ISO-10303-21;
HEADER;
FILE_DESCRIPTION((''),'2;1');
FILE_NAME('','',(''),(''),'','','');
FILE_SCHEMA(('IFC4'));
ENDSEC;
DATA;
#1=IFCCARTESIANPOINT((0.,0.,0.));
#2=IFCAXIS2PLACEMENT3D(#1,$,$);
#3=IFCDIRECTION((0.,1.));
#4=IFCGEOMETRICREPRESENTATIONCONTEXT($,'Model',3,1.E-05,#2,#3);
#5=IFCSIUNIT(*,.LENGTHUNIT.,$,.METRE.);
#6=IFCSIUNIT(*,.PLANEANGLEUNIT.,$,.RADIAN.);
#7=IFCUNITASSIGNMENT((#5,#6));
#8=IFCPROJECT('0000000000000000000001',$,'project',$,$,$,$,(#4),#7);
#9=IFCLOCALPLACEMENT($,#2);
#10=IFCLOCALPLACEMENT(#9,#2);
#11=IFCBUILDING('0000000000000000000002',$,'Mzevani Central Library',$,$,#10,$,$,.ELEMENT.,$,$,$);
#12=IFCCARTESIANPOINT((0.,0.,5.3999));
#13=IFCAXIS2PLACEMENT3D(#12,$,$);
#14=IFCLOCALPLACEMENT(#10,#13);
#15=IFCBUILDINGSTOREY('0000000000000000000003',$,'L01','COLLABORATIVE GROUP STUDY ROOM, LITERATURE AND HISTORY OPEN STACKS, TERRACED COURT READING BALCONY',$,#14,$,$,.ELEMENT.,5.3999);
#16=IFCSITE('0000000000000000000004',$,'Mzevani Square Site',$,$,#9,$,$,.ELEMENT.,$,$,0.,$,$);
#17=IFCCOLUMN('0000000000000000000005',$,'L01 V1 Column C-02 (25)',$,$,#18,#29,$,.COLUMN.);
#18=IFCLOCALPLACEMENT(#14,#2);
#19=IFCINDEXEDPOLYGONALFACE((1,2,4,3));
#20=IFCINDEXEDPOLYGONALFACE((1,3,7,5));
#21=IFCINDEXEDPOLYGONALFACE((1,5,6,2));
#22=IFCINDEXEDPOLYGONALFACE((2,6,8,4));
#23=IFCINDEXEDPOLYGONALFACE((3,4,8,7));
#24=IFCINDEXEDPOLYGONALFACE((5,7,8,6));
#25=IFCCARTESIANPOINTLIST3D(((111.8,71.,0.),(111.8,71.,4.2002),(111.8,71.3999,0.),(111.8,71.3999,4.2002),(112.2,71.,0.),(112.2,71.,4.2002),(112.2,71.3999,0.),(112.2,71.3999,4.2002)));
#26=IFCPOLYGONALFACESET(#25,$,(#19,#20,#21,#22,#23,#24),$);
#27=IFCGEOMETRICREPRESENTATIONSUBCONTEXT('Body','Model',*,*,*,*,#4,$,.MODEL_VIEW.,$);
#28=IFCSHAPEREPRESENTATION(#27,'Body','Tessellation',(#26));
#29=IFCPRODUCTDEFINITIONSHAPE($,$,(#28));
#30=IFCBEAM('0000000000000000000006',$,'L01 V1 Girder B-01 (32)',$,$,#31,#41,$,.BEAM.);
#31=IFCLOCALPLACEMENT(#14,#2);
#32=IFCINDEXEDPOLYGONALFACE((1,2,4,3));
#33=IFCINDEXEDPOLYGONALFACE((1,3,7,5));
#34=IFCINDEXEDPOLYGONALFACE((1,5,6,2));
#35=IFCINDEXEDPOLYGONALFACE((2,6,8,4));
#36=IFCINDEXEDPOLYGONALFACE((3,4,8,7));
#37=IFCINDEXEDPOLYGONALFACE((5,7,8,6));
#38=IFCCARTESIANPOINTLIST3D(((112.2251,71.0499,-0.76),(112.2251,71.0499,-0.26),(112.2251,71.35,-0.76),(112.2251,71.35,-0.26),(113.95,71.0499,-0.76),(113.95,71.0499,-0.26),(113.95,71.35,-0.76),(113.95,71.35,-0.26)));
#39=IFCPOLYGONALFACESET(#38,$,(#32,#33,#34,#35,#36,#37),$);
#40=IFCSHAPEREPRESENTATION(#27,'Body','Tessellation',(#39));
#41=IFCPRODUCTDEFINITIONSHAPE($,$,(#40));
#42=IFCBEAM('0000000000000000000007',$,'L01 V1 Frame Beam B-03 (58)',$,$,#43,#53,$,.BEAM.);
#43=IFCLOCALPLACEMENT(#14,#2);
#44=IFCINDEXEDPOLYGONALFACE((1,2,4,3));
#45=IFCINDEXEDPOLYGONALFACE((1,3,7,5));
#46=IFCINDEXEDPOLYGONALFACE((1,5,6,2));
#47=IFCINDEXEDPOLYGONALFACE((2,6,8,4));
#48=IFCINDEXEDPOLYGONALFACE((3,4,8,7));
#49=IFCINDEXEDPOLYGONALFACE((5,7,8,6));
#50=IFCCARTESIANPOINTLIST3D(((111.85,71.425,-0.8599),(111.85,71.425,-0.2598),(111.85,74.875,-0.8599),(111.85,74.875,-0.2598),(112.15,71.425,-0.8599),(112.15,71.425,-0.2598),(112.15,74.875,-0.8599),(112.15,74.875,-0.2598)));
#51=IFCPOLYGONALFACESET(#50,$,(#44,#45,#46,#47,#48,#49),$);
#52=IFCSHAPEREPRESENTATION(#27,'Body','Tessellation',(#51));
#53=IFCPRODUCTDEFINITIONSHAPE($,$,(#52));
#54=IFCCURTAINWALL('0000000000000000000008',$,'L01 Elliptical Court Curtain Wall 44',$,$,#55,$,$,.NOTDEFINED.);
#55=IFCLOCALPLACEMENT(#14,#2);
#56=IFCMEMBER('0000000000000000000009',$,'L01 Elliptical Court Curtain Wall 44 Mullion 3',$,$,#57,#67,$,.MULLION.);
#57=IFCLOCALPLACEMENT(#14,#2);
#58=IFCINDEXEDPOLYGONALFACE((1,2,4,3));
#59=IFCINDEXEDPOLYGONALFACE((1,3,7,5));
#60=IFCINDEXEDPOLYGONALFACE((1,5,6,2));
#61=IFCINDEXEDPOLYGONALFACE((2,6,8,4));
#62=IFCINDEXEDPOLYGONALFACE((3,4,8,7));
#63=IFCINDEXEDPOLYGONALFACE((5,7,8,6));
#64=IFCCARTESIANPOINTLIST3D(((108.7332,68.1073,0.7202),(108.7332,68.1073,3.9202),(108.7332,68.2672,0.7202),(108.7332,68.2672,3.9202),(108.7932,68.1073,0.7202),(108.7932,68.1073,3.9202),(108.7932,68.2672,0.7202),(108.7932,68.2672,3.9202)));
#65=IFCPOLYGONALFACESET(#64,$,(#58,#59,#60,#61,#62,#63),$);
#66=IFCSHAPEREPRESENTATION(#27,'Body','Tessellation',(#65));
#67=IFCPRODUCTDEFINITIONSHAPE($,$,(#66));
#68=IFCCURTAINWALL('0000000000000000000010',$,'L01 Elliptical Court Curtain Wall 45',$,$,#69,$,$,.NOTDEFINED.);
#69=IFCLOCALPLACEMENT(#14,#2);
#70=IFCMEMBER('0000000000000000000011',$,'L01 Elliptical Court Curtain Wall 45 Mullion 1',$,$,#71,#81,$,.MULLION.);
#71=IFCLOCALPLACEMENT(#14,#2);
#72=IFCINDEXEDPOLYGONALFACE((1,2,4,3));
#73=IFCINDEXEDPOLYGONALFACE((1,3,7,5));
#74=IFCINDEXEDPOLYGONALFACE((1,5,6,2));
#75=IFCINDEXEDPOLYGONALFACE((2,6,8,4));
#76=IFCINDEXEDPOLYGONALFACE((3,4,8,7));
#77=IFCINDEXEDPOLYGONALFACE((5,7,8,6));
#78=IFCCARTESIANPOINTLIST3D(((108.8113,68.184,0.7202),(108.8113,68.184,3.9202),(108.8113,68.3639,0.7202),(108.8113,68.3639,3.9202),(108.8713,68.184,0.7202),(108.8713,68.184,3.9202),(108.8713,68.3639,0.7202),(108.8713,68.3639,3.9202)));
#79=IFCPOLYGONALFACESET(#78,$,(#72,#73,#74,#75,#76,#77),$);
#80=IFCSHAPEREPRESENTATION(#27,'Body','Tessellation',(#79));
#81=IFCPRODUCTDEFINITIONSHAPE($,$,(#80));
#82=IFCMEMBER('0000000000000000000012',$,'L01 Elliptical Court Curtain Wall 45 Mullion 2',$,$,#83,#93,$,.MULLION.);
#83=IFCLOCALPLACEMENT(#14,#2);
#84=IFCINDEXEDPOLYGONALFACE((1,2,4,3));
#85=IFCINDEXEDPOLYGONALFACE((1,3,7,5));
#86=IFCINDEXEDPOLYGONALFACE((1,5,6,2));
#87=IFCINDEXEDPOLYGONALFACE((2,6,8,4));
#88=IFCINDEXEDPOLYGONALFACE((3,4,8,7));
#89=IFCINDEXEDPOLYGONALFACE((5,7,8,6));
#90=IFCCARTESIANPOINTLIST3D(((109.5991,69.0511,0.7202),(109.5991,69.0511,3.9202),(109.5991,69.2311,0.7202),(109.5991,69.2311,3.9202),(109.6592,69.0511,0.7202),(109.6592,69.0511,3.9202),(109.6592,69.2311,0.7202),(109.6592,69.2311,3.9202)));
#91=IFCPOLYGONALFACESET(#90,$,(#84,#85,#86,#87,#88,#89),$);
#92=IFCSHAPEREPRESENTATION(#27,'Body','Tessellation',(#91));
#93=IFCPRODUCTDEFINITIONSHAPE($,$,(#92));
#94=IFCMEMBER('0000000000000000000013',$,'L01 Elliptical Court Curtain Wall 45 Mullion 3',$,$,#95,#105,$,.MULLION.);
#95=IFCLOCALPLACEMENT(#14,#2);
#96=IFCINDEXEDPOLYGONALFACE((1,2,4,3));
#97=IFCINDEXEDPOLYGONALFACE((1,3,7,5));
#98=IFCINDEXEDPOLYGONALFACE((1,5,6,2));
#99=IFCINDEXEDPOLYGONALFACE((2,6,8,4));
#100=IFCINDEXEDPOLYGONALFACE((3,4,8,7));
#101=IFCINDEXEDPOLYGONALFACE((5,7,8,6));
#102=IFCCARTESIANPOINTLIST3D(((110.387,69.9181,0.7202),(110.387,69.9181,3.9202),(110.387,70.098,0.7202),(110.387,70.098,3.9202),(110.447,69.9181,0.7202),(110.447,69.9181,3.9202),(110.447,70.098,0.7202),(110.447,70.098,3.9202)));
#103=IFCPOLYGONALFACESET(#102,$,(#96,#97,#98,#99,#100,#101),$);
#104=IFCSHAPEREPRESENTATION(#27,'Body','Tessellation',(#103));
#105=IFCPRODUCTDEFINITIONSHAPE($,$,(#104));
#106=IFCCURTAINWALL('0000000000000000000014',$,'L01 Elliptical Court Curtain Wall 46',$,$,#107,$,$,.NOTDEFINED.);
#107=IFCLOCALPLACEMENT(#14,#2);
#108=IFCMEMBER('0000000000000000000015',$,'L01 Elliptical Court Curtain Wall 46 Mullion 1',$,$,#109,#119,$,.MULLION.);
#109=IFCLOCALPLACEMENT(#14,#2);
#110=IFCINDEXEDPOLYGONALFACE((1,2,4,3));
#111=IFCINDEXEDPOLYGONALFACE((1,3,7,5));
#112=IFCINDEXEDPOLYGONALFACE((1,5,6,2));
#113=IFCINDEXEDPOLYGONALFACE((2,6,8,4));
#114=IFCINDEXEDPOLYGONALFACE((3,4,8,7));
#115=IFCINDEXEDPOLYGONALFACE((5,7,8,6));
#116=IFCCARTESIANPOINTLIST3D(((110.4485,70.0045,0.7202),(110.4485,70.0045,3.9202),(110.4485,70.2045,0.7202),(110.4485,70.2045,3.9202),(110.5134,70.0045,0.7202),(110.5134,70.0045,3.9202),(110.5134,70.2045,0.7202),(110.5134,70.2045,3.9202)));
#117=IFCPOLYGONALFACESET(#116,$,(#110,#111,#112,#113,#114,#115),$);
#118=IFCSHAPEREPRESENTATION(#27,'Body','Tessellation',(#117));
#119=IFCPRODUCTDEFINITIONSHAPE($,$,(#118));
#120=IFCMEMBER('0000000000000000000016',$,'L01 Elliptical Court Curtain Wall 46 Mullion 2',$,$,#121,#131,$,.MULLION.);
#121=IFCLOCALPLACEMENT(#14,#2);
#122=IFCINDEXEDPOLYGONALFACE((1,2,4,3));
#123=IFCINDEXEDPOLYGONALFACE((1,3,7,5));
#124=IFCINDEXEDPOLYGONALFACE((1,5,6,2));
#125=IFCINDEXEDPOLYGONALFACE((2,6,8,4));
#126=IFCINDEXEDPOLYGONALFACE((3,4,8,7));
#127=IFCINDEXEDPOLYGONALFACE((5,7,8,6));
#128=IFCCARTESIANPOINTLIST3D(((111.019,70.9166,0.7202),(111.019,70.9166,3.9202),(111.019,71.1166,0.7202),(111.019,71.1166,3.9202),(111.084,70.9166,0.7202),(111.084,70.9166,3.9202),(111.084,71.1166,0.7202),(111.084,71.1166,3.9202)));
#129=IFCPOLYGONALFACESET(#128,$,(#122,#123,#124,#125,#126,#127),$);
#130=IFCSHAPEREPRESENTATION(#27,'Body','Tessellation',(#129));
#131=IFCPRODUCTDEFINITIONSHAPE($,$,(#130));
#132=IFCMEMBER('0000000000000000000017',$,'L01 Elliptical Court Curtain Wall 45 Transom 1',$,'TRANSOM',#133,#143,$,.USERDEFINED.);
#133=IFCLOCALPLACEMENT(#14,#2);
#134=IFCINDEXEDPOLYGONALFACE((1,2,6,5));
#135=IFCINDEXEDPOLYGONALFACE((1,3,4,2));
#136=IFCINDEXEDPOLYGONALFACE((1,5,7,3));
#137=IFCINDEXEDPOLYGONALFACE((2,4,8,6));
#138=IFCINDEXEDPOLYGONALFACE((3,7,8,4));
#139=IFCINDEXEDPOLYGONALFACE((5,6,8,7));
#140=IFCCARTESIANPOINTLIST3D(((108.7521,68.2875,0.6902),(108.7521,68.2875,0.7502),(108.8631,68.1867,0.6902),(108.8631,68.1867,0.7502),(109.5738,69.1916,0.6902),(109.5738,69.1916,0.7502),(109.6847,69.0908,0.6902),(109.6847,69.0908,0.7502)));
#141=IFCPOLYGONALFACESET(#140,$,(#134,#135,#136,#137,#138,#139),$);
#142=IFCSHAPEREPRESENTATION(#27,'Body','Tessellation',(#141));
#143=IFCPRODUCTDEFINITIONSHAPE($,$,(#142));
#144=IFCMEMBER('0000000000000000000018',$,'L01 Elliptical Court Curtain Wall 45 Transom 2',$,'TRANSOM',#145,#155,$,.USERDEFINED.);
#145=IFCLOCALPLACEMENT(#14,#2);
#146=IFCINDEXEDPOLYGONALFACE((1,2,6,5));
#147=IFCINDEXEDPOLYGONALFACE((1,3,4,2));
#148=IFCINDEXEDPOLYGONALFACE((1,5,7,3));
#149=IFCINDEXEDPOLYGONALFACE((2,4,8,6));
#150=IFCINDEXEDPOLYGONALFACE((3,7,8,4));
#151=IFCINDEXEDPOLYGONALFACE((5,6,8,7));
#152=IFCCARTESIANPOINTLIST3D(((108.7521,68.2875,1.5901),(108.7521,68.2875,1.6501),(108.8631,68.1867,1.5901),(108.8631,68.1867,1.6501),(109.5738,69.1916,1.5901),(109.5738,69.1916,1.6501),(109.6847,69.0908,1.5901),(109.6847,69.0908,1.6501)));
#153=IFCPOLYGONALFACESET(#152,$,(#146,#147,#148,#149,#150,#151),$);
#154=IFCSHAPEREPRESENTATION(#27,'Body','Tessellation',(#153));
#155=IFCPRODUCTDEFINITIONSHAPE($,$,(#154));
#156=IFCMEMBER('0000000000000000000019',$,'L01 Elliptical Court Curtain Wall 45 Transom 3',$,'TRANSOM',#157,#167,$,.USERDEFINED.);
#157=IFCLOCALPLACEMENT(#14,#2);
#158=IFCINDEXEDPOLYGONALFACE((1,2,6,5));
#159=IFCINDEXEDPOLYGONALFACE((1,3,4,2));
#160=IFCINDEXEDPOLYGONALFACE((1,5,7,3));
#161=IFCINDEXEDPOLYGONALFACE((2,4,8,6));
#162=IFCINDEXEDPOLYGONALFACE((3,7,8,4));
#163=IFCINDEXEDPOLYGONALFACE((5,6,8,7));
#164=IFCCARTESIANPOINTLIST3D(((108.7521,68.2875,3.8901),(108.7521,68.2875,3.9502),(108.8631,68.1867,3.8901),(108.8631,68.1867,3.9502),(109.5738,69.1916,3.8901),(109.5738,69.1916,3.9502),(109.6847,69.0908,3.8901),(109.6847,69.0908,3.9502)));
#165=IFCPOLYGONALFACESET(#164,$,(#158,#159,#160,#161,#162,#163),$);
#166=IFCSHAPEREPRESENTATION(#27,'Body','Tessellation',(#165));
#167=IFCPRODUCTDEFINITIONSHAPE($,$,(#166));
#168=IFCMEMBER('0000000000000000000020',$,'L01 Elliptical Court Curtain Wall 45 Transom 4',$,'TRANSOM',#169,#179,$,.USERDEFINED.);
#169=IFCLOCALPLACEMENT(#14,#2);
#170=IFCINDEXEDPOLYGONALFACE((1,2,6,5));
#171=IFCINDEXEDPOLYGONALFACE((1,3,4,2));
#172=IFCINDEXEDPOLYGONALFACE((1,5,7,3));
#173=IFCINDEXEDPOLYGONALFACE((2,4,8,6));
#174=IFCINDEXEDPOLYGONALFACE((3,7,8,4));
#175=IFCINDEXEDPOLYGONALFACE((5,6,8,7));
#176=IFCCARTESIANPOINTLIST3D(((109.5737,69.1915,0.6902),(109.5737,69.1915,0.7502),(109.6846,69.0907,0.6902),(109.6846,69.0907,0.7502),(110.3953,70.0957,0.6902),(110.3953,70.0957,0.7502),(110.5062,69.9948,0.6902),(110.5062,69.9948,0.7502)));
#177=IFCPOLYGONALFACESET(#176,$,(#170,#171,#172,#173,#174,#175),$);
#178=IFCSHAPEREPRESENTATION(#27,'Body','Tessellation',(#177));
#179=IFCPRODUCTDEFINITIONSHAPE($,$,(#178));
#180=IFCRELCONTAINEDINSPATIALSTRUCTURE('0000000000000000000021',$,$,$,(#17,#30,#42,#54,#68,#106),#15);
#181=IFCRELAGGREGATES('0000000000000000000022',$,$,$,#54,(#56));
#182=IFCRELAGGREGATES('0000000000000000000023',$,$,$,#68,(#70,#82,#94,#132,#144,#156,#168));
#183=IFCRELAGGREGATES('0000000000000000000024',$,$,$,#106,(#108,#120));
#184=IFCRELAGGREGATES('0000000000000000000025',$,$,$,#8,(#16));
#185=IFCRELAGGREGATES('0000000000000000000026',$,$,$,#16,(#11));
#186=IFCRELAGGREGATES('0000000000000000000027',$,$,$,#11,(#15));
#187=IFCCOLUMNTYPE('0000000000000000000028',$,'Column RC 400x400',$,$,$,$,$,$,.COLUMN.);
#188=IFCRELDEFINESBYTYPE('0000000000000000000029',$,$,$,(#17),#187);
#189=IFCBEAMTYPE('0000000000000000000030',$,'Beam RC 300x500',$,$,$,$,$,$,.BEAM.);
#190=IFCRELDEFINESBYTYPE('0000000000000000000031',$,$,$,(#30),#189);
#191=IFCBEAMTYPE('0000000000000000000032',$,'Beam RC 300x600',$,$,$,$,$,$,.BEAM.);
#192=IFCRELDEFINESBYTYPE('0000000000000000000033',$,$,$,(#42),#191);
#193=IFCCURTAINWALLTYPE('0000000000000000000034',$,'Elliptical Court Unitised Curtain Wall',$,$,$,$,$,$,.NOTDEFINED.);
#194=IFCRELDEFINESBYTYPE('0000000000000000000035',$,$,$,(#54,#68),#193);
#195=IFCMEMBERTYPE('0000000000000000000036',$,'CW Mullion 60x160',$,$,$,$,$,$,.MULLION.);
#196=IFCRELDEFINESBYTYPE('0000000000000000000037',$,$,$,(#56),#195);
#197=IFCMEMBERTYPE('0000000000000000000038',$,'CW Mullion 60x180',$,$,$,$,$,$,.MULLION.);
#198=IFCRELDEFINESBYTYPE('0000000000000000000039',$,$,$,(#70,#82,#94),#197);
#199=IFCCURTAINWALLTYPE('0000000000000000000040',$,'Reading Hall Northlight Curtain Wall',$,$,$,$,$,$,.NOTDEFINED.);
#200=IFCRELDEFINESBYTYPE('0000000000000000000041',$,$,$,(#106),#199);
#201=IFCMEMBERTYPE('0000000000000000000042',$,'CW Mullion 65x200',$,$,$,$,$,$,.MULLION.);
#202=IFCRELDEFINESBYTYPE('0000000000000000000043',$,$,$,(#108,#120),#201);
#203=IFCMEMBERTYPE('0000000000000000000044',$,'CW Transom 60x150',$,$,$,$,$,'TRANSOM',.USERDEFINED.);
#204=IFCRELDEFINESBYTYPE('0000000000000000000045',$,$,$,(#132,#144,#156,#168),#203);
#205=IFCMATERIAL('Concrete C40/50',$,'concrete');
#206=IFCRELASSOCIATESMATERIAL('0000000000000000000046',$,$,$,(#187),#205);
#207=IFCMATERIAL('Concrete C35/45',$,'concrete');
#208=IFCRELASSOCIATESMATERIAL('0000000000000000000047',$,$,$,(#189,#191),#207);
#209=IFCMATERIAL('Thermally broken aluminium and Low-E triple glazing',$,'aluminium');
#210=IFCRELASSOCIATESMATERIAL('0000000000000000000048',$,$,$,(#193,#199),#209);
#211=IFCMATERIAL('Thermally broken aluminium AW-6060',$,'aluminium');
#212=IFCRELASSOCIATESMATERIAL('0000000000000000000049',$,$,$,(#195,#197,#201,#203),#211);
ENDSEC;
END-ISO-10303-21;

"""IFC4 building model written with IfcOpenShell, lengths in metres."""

from ifc_helpers import new_model, si_unit, direction, frame, origin, origin_2d, place, context, subcontext, project, spatial, rectangle, extrude, material, material_profile, profile_set, type_object, element, aggregate, save


model = new_model("IFC4")

# Units and contexts
model_context = context("Model", 3, precision=1e-05, world=origin(), true_north=direction((0.0, 1.0)))
body_context = subcontext(model_context, "Body", "Model", "MODEL_VIEW")
ifc_project = project(units=[si_unit("LENGTHUNIT", "METRE"), si_unit("PLANEANGLEUNIT", "RADIAN")], contexts=[model_context])

# Site, building, storey
site_placement = place(None, origin())
site = spatial("IfcSite", under=ifc_project, at=site_placement, Name="Mzevani Square Site", CompositionType="ELEMENT", RefElevation=0.0)
building_placement = place(site_placement, origin())
building = spatial("IfcBuilding", under=site, at=building_placement, Name="Mzevani Central Library", CompositionType="ELEMENT")
storey_placement = place(building_placement, frame((0.0, 0.0, 5.3999)))
storey = spatial("IfcBuildingStorey", under=building, at=storey_placement, Name="L01", Description="COLLABORATIVE GROUP STUDY ROOM, LITERATURE AND HISTORY OPEN STACKS, TERRACED COURT READING BALCONY", CompositionType="ELEMENT", Elevation=5.3999)

# Column
ifc_material_1 = material(Name="Concrete C40/50", Category="concrete")
ifc_material_profile_1 = material_profile(ifc_material_1, rectangle(XDim=0.3999, YDim=0.3999, at=origin_2d()), Name="RC 400x400")
ifc_profile_set_1 = profile_set([ifc_material_profile_1], Name="Concrete C40/50")
column_type = type_object("IfcColumnType", Name="Column RC 400x400", PredefinedType="COLUMN", material=ifc_profile_set_1)
column_placement = place(storey_placement, frame((112.0, 71.2, 0.0), z_axis=(0.0, 0.0, 1.0), x_axis=(1.0, 0.0, 0.0)))
element("IfcColumn", 1, at=column_placement, inside=storey, type_object=column_type, Name="L01 V1 Column C-02 (25)", PredefinedType="COLUMN", context=body_context, shape_type="SweptSolid", body=[
    extrude(rectangle(XDim=0.3999, YDim=0.3999, at=origin_2d()), origin(), (0.0, 0.0, 1.0), 4.2002),
])

# Beams
ifc_material_2 = material(Name="Concrete C35/45", Category="concrete")
ifc_material_profile_2 = material_profile(ifc_material_2, rectangle(XDim=0.3, YDim=0.5, at=origin_2d()), Name="RC B300x500")
ifc_profile_set_2 = profile_set([ifc_material_profile_2], Name="Concrete C35/45")
beam_type_1 = type_object("IfcBeamType", Name="Beam RC 300x500", PredefinedType="BEAM", material=ifc_profile_set_2)
beam_1_placement = place(storey_placement, frame((112.2251, 71.2, -0.51), z_axis=(1.0, 0.0, 0.0), x_axis=(0.0, 1.0, 0.0)))
element("IfcBeam", 2, at=beam_1_placement, inside=storey, type_object=beam_type_1, Name="L01 V1 Girder B-01 (32)", PredefinedType="BEAM", context=body_context, shape_type="SweptSolid", body=[
    extrude(rectangle(XDim=0.3, YDim=0.5, at=origin_2d()), origin(), (0.0, 0.0, 1.0), 1.7249),
])
ifc_material_profile_3 = material_profile(ifc_material_2, rectangle(XDim=0.3, YDim=0.6001, at=origin_2d()), Name="RC B300x600")
ifc_profile_set_3 = profile_set([ifc_material_profile_3], Name="Concrete C35/45")
beam_type_2 = type_object("IfcBeamType", Name="Beam RC 300x600", PredefinedType="BEAM", material=ifc_profile_set_3)
beam_2_placement = place(storey_placement, frame((112.0, 71.425, -0.5598), z_axis=(0.0, 1.0, 0.0), x_axis=(-1.0, 0.0, 0.0)))
element("IfcBeam", 3, at=beam_2_placement, inside=storey, type_object=beam_type_2, Name="L01 V1 Frame Beam B-03 (58)", PredefinedType="BEAM", context=body_context, shape_type="SweptSolid", body=[
    extrude(rectangle(XDim=0.3, YDim=0.6001, at=origin_2d()), origin(), (0.0, 0.0, 1.0), 3.45),
])

# Curtain wall, member
ifc_material_3 = material(Name="Thermally broken aluminium and Low-E triple glazing", Category="aluminium")
curtain_wall_type_1 = type_object("IfcCurtainWallType", Name="Elliptical Court Unitised Curtain Wall", PredefinedType="NOTDEFINED", material=ifc_material_3)
curtain_wall_1_placement = place(storey_placement, origin())
curtain_wall_1 = element("IfcCurtainWall", 4, at=curtain_wall_1_placement, inside=storey, type_object=curtain_wall_type_1, Name="L01 Elliptical Court Curtain Wall 44", PredefinedType="NOTDEFINED")
ifc_material_4 = material(Name="Thermally broken aluminium AW-6060", Category="aluminium")
ifc_material_profile_4 = material_profile(ifc_material_4, rectangle(XDim=0.0601, YDim=0.1599, at=origin_2d()), Name="ALU M60x160")
ifc_profile_set_4 = profile_set([ifc_material_profile_4], Name="Thermally broken aluminium AW-6060")
member_type_1 = type_object("IfcMemberType", Name="CW Mullion 60x160", PredefinedType="MULLION", material=ifc_profile_set_4)
member_1_placement = place(storey_placement, frame((108.7632, 68.1873, 0.7202), z_axis=(0.0, 0.0, 1.0), x_axis=(1.0, 0.0, 0.0)))
member_1 = element("IfcMember", 5, at=member_1_placement, type_object=member_type_1, Name="L01 Elliptical Court Curtain Wall 44 Mullion 3", PredefinedType="MULLION", context=body_context, shape_type="SweptSolid", body=[
    extrude(rectangle(XDim=0.0601, YDim=0.1599, at=origin_2d()), origin(), (0.0, 0.0, 1.0), 3.2),
])
aggregate(curtain_wall_1, [member_1])

# Curtain walls, members
curtain_wall_2_placement = place(storey_placement, origin())
curtain_wall_2 = element("IfcCurtainWall", 6, at=curtain_wall_2_placement, inside=storey, type_object=curtain_wall_type_1, Name="L01 Elliptical Court Curtain Wall 45", PredefinedType="NOTDEFINED")
ifc_material_profile_5 = material_profile(ifc_material_4, rectangle(XDim=0.0601, YDim=0.1799, at=origin_2d()), Name="ALU M60x180")
ifc_profile_set_5 = profile_set([ifc_material_profile_5], Name="Thermally broken aluminium AW-6060")
member_type_2 = type_object("IfcMemberType", Name="CW Mullion 60x180", PredefinedType="MULLION", material=ifc_profile_set_5)
member_2_placement = place(storey_placement, frame((108.8413, 68.2739, 0.7202), z_axis=(0.0, 0.0, 1.0), x_axis=(1.0, 0.0, 0.0)))
member_2 = element("IfcMember", 7, at=member_2_placement, type_object=member_type_2, Name="L01 Elliptical Court Curtain Wall 45 Mullion 1", PredefinedType="MULLION", context=body_context, shape_type="SweptSolid", body=[
    extrude(rectangle(XDim=0.0601, YDim=0.1799, at=origin_2d()), origin(), (0.0, 0.0, 1.0), 3.2),
])
member_3_placement = place(storey_placement, frame((109.6292, 69.1411, 0.7202), z_axis=(0.0, 0.0, 1.0), x_axis=(1.0, 0.0, 0.0)))
member_3 = element("IfcMember", 8, at=member_3_placement, type_object=member_type_2, Name="L01 Elliptical Court Curtain Wall 45 Mullion 2", PredefinedType="MULLION", context=body_context, shape_type="SweptSolid", body=[
    extrude(rectangle(XDim=0.0601, YDim=0.1799, at=origin_2d()), origin(), (0.0, 0.0, 1.0), 3.2),
])
member_4_placement = place(storey_placement, frame((110.417, 70.0081, 0.7202), z_axis=(0.0, 0.0, 1.0), x_axis=(1.0, 0.0, 0.0)))
member_4 = element("IfcMember", 9, at=member_4_placement, type_object=member_type_2, Name="L01 Elliptical Court Curtain Wall 45 Mullion 3", PredefinedType="MULLION", context=body_context, shape_type="SweptSolid", body=[
    extrude(rectangle(XDim=0.0601, YDim=0.1799, at=origin_2d()), origin(), (0.0, 0.0, 1.0), 3.2),
])
curtain_wall_type_2 = type_object("IfcCurtainWallType", Name="Reading Hall Northlight Curtain Wall", PredefinedType="NOTDEFINED", material=ifc_material_3)
curtain_wall_3_placement = place(storey_placement, origin())
curtain_wall_3 = element("IfcCurtainWall", 10, at=curtain_wall_3_placement, inside=storey, type_object=curtain_wall_type_2, Name="L01 Elliptical Court Curtain Wall 46", PredefinedType="NOTDEFINED")
ifc_material_profile_6 = material_profile(ifc_material_4, rectangle(XDim=0.0649, YDim=0.2, at=origin_2d()), Name="ALU M65x200")
ifc_profile_set_6 = profile_set([ifc_material_profile_6], Name="Thermally broken aluminium AW-6060")
member_type_3 = type_object("IfcMemberType", Name="CW Mullion 65x200", PredefinedType="MULLION", material=ifc_profile_set_6)
member_5_placement = place(storey_placement, frame((110.481, 70.1045, 0.7202), z_axis=(0.0, 0.0, 1.0), x_axis=(1.0, 0.0, 0.0)))
member_5 = element("IfcMember", 11, at=member_5_placement, type_object=member_type_3, Name="L01 Elliptical Court Curtain Wall 46 Mullion 1", PredefinedType="MULLION", context=body_context, shape_type="SweptSolid", body=[
    extrude(rectangle(XDim=0.0649, YDim=0.2, at=origin_2d()), origin(), (0.0, 0.0, 1.0), 3.2),
])
member_6_placement = place(storey_placement, frame((111.0515, 71.0166, 0.7202), z_axis=(0.0, 0.0, 1.0), x_axis=(1.0, 0.0, 0.0)))
member_6 = element("IfcMember", 12, at=member_6_placement, type_object=member_type_3, Name="L01 Elliptical Court Curtain Wall 46 Mullion 2", PredefinedType="MULLION", context=body_context, shape_type="SweptSolid", body=[
    extrude(rectangle(XDim=0.0649, YDim=0.2, at=origin_2d()), origin(), (0.0, 0.0, 1.0), 3.2),
])

# Members
ifc_material_profile_7 = material_profile(ifc_material_4, rectangle(XDim=0.1499, YDim=0.0601, at=origin_2d()), Name="ALU T60x150")
ifc_profile_set_7 = profile_set([ifc_material_profile_7], Name="Thermally broken aluminium AW-6060")
member_type_4 = type_object("IfcMemberType", Name="CW Transom 60x150", ElementType="TRANSOM", PredefinedType="USERDEFINED", material=ifc_profile_set_7)
member_7_placement = place(storey_placement, frame((108.8076, 68.2371, 0.7202), z_axis=(0.672524, 0.740076, 0.0), x_axis=(-0.740076, 0.672524, 0.0)))
member_7 = element("IfcMember", 13, at=member_7_placement, type_object=member_type_4, Name="L01 Elliptical Court Curtain Wall 45 Transom 1", ObjectType="TRANSOM", PredefinedType="USERDEFINED", context=body_context, shape_type="SweptSolid", body=[
    extrude(rectangle(XDim=0.1499, YDim=0.0601, at=origin_2d()), origin(), (0.0, 0.0, 1.0), 1.2217),
])
member_8_placement = place(storey_placement, frame((108.8076, 68.2371, 1.6201), z_axis=(0.672524, 0.740076, 0.0), x_axis=(-0.740076, 0.672524, 0.0)))
member_8 = element("IfcMember", 14, at=member_8_placement, type_object=member_type_4, Name="L01 Elliptical Court Curtain Wall 45 Transom 2", ObjectType="TRANSOM", PredefinedType="USERDEFINED", context=body_context, shape_type="SweptSolid", body=[
    extrude(rectangle(XDim=0.1499, YDim=0.0601, at=origin_2d()), origin(), (0.0, 0.0, 1.0), 1.2217),
])
member_9_placement = place(storey_placement, frame((108.8076, 68.2371, 3.9202), z_axis=(0.672524, 0.740076, 0.0), x_axis=(-0.740076, 0.672524, 0.0)))
member_9 = element("IfcMember", 15, at=member_9_placement, type_object=member_type_4, Name="L01 Elliptical Court Curtain Wall 45 Transom 3", ObjectType="TRANSOM", PredefinedType="USERDEFINED", context=body_context, shape_type="SweptSolid", body=[
    extrude(rectangle(XDim=0.1499, YDim=0.0601, at=origin_2d()), origin(), (0.0, 0.0, 1.0), 1.2217),
])
member_10_placement = place(storey_placement, frame((109.6292, 69.1411, 0.7202), z_axis=(0.672524, 0.740076, 0.0), x_axis=(-0.740076, 0.672524, 0.0)))
member_10 = element("IfcMember", 16, at=member_10_placement, type_object=member_type_4, Name="L01 Elliptical Court Curtain Wall 45 Transom 4", ObjectType="TRANSOM", PredefinedType="USERDEFINED", context=body_context, shape_type="SweptSolid", body=[
    extrude(rectangle(XDim=0.1499, YDim=0.0601, at=origin_2d()), origin(), (0.0, 0.0, 1.0), 1.2217),
])

aggregate(curtain_wall_2, [member_2, member_3, member_4, member_7, member_8, member_9, member_10])
aggregate(curtain_wall_3, [member_5, member_6])

save(model, "model.ifc")
